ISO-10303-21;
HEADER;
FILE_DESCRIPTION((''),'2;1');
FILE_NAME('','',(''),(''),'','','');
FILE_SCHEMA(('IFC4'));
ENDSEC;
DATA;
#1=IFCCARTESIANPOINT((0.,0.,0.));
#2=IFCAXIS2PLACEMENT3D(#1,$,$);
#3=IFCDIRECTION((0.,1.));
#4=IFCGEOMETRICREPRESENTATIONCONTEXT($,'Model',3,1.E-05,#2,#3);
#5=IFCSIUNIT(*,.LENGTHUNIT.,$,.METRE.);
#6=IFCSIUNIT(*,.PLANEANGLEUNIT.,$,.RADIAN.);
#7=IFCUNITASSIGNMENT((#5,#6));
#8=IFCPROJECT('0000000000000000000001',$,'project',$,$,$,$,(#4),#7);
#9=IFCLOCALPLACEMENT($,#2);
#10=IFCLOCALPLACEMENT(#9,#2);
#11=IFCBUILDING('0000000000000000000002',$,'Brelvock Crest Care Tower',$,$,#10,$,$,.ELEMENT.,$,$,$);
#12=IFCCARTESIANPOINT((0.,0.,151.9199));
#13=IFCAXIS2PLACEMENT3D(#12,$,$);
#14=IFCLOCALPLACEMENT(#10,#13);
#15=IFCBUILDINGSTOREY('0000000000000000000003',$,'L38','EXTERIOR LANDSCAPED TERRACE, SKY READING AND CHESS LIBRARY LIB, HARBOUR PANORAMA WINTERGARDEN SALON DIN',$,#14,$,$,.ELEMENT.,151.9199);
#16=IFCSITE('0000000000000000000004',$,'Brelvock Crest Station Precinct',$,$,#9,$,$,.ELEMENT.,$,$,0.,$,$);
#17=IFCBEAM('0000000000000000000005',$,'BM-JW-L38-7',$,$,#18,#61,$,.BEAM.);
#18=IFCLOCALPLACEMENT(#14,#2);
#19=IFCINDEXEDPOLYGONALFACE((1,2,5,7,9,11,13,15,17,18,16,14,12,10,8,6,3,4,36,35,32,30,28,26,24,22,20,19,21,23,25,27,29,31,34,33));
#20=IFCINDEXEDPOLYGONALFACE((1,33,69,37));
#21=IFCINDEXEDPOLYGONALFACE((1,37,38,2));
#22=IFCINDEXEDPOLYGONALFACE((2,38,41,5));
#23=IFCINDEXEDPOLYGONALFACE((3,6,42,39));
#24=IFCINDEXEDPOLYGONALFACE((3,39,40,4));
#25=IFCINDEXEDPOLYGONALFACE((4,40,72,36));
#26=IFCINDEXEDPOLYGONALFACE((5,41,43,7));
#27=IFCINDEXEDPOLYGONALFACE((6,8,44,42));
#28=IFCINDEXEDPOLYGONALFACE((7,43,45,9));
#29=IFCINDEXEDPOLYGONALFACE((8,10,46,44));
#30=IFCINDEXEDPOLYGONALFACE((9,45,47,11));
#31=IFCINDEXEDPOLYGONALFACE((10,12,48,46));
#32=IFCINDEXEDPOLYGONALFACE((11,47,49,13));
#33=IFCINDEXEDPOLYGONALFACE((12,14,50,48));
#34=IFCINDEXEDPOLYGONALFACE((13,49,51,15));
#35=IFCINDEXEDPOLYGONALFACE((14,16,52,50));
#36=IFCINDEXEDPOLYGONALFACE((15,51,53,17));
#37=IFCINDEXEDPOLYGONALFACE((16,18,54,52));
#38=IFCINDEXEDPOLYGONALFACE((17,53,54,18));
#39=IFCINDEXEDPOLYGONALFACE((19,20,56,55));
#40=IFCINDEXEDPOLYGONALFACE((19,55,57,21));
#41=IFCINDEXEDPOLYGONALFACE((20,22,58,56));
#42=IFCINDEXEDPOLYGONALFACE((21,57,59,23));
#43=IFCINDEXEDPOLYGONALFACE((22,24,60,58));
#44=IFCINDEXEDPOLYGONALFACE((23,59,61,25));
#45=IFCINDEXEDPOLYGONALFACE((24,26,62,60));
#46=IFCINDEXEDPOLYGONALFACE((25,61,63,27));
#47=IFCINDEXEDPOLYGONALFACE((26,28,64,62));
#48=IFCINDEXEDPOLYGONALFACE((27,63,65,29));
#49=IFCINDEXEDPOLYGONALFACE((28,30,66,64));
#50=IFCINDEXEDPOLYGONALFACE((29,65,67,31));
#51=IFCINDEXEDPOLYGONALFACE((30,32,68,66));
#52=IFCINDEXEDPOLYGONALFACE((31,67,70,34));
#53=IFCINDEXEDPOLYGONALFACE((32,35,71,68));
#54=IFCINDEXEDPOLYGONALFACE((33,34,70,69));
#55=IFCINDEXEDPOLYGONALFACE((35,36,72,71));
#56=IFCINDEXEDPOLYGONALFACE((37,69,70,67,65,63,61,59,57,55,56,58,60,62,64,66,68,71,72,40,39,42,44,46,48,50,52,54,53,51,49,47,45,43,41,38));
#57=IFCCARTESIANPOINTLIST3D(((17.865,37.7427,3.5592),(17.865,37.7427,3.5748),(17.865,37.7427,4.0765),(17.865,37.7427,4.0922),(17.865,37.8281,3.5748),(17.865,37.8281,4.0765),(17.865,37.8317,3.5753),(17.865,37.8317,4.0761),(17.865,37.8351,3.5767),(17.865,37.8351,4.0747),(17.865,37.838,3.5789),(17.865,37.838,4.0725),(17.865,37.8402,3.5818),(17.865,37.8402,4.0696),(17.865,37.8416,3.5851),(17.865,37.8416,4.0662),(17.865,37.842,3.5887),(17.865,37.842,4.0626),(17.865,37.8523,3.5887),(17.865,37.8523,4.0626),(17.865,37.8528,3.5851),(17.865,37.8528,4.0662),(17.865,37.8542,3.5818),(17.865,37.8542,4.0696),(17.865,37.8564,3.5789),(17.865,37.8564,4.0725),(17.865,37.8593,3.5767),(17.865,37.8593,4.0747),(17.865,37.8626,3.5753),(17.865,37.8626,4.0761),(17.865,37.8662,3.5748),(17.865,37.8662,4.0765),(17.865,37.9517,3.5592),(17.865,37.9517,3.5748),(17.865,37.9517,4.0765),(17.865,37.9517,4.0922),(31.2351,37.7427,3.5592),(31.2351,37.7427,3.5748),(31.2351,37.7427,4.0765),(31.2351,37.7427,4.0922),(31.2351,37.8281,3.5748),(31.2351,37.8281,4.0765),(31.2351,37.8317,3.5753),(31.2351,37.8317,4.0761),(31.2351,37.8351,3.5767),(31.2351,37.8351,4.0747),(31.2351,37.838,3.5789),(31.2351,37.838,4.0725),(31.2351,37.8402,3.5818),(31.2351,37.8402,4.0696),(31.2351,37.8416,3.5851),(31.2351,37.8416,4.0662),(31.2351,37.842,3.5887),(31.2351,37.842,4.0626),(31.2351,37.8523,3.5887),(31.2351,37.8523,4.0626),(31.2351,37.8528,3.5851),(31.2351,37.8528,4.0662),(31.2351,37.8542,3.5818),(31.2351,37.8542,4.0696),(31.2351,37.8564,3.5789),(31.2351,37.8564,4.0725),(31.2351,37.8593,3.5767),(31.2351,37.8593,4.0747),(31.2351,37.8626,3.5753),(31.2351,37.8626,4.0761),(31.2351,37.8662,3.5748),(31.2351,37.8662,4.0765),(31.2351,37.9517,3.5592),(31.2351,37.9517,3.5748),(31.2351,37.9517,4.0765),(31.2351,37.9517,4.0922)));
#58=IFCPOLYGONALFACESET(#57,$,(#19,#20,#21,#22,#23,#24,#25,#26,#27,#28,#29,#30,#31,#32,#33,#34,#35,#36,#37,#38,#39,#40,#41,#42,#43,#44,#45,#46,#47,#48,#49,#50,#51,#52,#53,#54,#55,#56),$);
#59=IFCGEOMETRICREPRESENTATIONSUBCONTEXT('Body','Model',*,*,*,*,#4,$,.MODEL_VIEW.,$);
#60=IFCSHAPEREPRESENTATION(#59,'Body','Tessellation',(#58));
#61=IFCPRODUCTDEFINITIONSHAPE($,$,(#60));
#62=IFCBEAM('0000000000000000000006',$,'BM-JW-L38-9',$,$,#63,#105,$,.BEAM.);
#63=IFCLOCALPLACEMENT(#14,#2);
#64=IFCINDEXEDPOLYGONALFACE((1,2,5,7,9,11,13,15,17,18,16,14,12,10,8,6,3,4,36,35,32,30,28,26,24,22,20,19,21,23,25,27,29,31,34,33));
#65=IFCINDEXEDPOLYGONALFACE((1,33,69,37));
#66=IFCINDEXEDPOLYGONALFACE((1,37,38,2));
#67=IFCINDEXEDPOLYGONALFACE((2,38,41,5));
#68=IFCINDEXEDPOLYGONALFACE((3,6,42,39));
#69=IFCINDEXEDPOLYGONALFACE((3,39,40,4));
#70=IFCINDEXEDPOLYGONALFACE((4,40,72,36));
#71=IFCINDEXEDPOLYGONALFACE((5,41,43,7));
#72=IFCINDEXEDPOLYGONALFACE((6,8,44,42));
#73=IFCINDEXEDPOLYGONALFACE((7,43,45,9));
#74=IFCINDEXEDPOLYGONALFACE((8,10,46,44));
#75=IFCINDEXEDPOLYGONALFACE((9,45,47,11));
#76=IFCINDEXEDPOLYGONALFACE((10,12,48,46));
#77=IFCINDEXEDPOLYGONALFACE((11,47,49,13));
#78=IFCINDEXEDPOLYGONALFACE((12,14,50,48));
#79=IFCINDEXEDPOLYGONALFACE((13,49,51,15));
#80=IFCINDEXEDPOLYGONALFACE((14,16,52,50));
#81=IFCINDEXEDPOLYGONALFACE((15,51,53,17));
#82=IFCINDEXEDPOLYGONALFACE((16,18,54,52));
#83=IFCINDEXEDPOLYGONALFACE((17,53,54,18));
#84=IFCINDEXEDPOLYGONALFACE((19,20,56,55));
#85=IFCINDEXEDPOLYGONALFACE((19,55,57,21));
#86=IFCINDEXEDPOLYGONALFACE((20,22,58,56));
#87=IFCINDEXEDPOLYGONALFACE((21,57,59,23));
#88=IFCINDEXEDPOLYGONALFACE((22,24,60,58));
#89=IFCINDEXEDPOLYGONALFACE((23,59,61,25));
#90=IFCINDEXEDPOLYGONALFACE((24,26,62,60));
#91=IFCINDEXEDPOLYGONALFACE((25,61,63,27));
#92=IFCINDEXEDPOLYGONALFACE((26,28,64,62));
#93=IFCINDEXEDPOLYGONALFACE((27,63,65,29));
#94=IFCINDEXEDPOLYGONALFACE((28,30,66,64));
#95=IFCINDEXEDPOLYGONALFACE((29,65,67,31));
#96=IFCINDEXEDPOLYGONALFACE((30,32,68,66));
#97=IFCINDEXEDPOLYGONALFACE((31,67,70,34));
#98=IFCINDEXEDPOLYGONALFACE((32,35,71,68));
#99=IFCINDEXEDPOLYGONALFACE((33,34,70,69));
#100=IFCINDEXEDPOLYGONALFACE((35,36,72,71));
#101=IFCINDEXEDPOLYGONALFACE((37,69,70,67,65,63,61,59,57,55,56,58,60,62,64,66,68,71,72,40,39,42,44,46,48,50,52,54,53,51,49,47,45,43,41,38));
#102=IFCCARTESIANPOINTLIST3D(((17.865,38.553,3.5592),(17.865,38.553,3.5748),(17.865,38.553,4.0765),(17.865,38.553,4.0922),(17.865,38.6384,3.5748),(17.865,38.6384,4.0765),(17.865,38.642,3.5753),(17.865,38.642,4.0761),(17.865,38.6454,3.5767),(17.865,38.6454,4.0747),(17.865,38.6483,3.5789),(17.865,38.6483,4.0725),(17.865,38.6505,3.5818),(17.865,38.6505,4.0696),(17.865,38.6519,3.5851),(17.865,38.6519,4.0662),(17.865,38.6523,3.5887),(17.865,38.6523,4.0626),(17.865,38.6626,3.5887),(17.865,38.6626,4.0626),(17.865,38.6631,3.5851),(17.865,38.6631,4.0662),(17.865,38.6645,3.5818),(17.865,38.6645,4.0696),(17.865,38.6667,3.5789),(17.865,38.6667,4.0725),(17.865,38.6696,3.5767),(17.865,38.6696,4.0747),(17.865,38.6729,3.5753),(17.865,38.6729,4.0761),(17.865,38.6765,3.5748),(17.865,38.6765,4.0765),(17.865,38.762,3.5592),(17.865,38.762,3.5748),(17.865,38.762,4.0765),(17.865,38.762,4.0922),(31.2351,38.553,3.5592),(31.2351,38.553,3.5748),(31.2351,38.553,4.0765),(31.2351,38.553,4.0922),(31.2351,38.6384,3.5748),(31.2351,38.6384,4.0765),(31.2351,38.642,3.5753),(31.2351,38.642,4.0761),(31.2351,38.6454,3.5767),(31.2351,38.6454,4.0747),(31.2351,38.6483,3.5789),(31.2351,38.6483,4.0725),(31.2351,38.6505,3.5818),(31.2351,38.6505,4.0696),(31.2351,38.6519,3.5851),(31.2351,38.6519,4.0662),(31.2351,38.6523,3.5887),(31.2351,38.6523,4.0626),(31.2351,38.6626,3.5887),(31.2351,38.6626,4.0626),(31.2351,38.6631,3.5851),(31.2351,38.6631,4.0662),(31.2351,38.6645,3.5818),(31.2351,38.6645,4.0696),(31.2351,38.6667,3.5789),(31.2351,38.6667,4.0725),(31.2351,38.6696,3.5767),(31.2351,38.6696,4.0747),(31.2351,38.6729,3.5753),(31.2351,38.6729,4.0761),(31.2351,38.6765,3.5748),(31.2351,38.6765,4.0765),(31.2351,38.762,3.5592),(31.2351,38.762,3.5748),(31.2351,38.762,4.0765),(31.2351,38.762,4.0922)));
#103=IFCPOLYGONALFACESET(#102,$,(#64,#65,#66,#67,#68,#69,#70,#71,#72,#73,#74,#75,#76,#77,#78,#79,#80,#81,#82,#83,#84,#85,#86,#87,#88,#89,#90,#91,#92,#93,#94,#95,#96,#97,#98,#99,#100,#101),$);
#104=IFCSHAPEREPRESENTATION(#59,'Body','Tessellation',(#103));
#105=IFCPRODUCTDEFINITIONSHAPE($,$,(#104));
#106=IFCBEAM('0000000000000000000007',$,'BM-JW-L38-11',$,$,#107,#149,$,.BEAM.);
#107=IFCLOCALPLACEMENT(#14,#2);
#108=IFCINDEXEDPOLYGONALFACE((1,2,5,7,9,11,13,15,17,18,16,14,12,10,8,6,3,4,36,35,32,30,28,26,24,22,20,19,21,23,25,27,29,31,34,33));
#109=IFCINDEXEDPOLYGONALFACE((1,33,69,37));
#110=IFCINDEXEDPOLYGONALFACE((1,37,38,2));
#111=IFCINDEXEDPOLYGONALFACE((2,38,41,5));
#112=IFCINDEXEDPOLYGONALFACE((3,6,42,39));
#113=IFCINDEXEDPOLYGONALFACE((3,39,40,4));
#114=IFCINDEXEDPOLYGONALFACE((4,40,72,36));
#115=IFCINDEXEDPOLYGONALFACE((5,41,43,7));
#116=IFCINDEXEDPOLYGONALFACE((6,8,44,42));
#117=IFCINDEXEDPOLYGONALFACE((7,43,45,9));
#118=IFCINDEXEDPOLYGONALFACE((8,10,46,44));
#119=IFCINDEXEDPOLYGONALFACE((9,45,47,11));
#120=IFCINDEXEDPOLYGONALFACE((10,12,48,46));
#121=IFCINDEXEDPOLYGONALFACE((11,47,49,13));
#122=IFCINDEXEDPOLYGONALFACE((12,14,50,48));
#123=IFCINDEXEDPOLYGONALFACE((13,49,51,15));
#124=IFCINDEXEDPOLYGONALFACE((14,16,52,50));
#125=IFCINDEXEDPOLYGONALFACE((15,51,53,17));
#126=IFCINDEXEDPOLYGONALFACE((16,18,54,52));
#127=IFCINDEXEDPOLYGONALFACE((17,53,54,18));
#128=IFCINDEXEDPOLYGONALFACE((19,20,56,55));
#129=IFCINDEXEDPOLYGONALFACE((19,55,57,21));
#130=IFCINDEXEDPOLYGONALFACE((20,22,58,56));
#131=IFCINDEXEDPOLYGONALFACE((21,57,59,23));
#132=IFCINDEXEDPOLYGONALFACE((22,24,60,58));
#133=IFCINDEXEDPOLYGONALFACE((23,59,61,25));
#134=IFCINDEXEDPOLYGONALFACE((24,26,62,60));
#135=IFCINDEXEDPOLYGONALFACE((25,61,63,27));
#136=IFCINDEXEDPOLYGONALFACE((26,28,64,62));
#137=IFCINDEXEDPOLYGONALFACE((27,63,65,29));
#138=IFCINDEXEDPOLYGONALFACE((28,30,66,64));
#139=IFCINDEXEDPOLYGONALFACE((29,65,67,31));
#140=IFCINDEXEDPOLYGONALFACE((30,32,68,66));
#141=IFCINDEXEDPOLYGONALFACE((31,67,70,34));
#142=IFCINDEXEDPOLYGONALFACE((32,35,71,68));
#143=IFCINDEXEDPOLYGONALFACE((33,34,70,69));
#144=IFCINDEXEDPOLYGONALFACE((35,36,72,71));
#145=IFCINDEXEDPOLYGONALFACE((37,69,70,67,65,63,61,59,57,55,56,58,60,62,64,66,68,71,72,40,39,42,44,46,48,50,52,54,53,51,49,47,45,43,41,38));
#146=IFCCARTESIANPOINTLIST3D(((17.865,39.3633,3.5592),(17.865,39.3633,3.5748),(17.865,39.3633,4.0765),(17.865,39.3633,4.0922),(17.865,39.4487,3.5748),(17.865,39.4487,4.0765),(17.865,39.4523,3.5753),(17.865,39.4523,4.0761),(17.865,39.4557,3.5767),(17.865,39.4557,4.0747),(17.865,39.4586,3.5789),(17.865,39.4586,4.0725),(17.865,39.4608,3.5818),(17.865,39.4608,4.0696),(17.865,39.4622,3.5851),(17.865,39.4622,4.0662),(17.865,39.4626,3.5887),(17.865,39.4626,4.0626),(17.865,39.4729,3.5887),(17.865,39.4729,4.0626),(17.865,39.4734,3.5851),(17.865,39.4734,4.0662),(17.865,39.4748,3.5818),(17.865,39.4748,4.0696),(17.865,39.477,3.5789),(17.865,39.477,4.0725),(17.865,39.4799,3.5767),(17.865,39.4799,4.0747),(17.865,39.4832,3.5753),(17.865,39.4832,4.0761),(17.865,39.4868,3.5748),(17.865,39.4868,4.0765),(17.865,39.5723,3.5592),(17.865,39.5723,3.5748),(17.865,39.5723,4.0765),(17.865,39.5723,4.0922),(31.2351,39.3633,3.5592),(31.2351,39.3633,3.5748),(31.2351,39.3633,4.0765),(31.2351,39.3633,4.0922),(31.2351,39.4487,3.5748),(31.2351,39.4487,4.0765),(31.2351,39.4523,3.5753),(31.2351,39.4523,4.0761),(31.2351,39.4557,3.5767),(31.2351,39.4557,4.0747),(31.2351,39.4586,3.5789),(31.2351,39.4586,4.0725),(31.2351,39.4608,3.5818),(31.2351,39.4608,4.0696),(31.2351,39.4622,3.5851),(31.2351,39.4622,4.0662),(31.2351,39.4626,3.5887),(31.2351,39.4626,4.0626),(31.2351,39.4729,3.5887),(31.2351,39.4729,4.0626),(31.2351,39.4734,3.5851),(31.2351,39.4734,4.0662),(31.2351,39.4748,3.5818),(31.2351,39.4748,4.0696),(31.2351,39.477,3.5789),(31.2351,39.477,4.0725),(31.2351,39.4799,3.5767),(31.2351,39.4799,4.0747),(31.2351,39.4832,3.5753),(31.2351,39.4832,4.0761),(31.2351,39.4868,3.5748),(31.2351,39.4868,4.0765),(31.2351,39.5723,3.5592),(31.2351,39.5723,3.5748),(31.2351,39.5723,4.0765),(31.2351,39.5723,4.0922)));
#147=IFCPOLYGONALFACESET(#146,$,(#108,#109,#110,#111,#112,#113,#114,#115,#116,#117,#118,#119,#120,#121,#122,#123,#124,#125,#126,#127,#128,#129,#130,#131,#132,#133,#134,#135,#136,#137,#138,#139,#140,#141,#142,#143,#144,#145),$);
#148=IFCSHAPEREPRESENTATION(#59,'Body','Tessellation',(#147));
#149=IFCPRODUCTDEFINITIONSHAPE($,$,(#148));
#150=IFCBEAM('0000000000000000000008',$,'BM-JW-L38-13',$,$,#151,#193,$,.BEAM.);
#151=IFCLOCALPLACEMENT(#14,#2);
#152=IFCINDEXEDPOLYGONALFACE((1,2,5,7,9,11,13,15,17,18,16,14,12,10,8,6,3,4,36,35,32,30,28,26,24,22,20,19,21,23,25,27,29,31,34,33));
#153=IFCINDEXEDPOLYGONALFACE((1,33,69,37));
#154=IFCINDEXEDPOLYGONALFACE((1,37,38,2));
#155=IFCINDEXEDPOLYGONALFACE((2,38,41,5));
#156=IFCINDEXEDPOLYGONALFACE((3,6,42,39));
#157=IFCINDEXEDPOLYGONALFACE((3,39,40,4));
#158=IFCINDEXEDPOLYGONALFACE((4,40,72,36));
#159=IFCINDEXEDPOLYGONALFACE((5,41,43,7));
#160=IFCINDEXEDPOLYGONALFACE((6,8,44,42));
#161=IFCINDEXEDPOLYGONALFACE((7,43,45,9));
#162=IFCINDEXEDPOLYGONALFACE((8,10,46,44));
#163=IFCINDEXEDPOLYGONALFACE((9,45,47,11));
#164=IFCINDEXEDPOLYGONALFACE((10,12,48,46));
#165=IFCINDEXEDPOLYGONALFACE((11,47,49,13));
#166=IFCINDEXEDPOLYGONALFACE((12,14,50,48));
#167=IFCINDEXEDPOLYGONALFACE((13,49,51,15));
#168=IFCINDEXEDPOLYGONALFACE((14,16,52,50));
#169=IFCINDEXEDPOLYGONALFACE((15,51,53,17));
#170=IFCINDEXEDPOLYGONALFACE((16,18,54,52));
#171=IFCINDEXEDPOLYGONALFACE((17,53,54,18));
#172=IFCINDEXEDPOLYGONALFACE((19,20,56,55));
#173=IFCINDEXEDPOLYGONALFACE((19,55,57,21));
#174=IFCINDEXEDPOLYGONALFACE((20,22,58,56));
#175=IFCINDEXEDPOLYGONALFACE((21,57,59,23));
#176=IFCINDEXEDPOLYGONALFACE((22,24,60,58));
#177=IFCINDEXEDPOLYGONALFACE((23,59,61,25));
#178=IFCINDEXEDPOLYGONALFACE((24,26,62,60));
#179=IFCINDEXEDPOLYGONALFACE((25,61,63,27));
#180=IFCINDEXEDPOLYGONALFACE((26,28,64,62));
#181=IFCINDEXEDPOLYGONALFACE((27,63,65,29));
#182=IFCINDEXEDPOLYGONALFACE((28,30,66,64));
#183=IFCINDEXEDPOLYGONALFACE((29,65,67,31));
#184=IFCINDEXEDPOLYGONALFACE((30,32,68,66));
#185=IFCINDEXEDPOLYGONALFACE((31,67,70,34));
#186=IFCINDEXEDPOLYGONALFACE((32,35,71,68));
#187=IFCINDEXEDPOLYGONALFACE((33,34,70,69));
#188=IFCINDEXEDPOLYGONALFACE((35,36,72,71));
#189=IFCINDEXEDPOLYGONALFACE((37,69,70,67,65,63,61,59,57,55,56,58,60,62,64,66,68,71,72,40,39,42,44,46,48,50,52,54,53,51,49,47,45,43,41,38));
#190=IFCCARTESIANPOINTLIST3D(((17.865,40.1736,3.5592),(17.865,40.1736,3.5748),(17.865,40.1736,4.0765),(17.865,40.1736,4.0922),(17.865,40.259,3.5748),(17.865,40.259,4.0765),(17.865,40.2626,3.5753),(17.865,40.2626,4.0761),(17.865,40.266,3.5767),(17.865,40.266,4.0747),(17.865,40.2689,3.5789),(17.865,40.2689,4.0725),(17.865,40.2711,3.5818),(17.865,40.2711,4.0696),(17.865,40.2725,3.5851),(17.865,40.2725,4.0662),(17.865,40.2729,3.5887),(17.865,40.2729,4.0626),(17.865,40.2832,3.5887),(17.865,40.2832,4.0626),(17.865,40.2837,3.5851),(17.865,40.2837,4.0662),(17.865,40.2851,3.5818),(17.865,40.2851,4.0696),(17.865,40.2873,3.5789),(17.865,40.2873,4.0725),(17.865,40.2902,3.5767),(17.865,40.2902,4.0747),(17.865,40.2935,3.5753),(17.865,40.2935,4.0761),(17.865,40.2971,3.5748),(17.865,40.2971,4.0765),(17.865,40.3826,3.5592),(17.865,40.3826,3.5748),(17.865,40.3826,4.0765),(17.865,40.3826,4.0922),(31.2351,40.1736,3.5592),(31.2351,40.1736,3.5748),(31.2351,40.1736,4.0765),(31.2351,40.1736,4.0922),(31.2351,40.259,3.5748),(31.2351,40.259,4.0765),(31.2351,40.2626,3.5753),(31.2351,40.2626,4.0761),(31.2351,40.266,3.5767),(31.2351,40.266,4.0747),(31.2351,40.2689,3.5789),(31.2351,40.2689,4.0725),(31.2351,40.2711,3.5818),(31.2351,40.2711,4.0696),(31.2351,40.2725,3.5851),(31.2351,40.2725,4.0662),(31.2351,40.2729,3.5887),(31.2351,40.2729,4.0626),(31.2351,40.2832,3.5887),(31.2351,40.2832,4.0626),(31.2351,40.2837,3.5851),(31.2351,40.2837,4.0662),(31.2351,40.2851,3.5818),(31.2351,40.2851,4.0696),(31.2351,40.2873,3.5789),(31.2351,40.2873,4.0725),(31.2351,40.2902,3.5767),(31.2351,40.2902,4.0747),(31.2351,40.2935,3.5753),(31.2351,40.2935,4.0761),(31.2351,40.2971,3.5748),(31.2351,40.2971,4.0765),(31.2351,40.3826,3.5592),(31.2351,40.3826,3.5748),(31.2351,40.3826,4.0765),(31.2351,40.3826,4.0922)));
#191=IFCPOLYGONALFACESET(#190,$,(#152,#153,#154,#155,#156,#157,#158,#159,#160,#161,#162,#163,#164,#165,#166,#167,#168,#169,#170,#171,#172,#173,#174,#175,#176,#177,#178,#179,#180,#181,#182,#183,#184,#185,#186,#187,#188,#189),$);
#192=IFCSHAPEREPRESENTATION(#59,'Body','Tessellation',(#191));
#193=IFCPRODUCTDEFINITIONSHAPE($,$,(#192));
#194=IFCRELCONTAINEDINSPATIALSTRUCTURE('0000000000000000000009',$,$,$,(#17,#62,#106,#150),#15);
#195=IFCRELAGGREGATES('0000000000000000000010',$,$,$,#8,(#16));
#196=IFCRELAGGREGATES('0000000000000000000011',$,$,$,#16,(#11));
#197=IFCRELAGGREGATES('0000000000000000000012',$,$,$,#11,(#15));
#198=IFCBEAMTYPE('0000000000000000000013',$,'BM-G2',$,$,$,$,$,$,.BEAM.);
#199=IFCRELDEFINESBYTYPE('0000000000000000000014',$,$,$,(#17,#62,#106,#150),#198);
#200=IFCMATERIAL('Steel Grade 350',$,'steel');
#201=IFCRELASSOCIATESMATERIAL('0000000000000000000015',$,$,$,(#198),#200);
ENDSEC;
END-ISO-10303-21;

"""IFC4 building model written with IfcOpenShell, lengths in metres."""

from ifc_helpers import new_model, si_unit, direction, frame, origin, origin_2d, place, context, subcontext, project, spatial, i_section, extrude, source, transform, mapped, material, material_profile, profile_set, type_object, element, save


model = new_model("IFC4")

# Units and contexts
model_context = context("Model", 3, precision=1e-05, world=origin(), true_north=direction((0.0, 1.0)))
body_context = subcontext(model_context, "Body", "Model", "MODEL_VIEW")
ifc_project = project(units=[si_unit("LENGTHUNIT", "METRE"), si_unit("PLANEANGLEUNIT", "RADIAN")], contexts=[model_context])

# Site, building, storey
site_placement = place(None, origin())
site = spatial("IfcSite", under=ifc_project, at=site_placement, Name="Brelvock Crest Station Precinct", CompositionType="ELEMENT", RefElevation=0.0)
building_placement = place(site_placement, origin())
building = spatial("IfcBuilding", under=site, at=building_placement, Name="Brelvock Crest Care Tower", CompositionType="ELEMENT")
storey_placement = place(building_placement, frame((0.0, 0.0, 151.9199)))
storey = spatial("IfcBuildingStorey", under=building, at=storey_placement, Name="L38", Description="EXTERIOR LANDSCAPED TERRACE, SKY READING AND CHESS LIBRARY LIB, HARBOUR PANORAMA WINTERGARDEN SALON DIN", CompositionType="ELEMENT", Elevation=151.9199)

# Shared definitions
ifc_material_1 = material(Name="Steel Grade 350", Category="steel")

# Beams
ifc_material_profile_1 = material_profile(ifc_material_1, i_section(OverallWidth=0.209, OverallDepth=0.533, WebThickness=0.0103, FlangeThickness=0.0156, FilletRadius=0.0139, at=origin_2d()), Name="530UB92.4")
ifc_profile_set_1 = profile_set([ifc_material_profile_1], Name="Steel Grade 350")
beam_type_1 = type_object("IfcBeamType", Name="BM-G2", PredefinedType="BEAM", material=ifc_profile_set_1)
shared_shape_1 = source(origin(), body_context, "Body", "SweptSolid", [
    extrude(i_section(OverallWidth=0.209, OverallDepth=0.533, WebThickness=0.0103, FlangeThickness=0.0156, FilletRadius=0.0139, at=origin_2d()), origin(), (0.0, 0.0, 1.0), 13.3701),
])
for number, where, z_axis, x_axis, name in (
    (1, (17.865, 37.8472, 3.8257), (1.0, 0.0, 0.0), (0.0, 1.0, 0.0), "BM-JW-L38-7"),
    (2, (17.865, 38.6575, 3.8257), (1.0, 0.0, 0.0), (0.0, 1.0, 0.0), "BM-JW-L38-9"),
    (3, (17.865, 39.4678, 3.8257), (1.0, 0.0, 0.0), (0.0, 1.0, 0.0), "BM-JW-L38-11"),
    (4, (17.865, 40.2781, 3.8257), (1.0, 0.0, 0.0), (0.0, 1.0, 0.0), "BM-JW-L38-13"),
):
    element("IfcBeam", number, at=place(storey_placement, frame(where, z_axis=z_axis, x_axis=x_axis)), inside=storey, type_object=beam_type_1, Name=name, PredefinedType="BEAM", context=body_context, shape_type="MappedRepresentation", body=[
        mapped(shared_shape_1, transform((0.0, 0.0, 0.0), x_axis=(1.0, 0.0, 0.0), y_axis=(0.0, 1.0, 0.0), z_axis=(0.0, 0.0, 1.0), scale=1.0)),
    ])

save(model, "model.ifc")
